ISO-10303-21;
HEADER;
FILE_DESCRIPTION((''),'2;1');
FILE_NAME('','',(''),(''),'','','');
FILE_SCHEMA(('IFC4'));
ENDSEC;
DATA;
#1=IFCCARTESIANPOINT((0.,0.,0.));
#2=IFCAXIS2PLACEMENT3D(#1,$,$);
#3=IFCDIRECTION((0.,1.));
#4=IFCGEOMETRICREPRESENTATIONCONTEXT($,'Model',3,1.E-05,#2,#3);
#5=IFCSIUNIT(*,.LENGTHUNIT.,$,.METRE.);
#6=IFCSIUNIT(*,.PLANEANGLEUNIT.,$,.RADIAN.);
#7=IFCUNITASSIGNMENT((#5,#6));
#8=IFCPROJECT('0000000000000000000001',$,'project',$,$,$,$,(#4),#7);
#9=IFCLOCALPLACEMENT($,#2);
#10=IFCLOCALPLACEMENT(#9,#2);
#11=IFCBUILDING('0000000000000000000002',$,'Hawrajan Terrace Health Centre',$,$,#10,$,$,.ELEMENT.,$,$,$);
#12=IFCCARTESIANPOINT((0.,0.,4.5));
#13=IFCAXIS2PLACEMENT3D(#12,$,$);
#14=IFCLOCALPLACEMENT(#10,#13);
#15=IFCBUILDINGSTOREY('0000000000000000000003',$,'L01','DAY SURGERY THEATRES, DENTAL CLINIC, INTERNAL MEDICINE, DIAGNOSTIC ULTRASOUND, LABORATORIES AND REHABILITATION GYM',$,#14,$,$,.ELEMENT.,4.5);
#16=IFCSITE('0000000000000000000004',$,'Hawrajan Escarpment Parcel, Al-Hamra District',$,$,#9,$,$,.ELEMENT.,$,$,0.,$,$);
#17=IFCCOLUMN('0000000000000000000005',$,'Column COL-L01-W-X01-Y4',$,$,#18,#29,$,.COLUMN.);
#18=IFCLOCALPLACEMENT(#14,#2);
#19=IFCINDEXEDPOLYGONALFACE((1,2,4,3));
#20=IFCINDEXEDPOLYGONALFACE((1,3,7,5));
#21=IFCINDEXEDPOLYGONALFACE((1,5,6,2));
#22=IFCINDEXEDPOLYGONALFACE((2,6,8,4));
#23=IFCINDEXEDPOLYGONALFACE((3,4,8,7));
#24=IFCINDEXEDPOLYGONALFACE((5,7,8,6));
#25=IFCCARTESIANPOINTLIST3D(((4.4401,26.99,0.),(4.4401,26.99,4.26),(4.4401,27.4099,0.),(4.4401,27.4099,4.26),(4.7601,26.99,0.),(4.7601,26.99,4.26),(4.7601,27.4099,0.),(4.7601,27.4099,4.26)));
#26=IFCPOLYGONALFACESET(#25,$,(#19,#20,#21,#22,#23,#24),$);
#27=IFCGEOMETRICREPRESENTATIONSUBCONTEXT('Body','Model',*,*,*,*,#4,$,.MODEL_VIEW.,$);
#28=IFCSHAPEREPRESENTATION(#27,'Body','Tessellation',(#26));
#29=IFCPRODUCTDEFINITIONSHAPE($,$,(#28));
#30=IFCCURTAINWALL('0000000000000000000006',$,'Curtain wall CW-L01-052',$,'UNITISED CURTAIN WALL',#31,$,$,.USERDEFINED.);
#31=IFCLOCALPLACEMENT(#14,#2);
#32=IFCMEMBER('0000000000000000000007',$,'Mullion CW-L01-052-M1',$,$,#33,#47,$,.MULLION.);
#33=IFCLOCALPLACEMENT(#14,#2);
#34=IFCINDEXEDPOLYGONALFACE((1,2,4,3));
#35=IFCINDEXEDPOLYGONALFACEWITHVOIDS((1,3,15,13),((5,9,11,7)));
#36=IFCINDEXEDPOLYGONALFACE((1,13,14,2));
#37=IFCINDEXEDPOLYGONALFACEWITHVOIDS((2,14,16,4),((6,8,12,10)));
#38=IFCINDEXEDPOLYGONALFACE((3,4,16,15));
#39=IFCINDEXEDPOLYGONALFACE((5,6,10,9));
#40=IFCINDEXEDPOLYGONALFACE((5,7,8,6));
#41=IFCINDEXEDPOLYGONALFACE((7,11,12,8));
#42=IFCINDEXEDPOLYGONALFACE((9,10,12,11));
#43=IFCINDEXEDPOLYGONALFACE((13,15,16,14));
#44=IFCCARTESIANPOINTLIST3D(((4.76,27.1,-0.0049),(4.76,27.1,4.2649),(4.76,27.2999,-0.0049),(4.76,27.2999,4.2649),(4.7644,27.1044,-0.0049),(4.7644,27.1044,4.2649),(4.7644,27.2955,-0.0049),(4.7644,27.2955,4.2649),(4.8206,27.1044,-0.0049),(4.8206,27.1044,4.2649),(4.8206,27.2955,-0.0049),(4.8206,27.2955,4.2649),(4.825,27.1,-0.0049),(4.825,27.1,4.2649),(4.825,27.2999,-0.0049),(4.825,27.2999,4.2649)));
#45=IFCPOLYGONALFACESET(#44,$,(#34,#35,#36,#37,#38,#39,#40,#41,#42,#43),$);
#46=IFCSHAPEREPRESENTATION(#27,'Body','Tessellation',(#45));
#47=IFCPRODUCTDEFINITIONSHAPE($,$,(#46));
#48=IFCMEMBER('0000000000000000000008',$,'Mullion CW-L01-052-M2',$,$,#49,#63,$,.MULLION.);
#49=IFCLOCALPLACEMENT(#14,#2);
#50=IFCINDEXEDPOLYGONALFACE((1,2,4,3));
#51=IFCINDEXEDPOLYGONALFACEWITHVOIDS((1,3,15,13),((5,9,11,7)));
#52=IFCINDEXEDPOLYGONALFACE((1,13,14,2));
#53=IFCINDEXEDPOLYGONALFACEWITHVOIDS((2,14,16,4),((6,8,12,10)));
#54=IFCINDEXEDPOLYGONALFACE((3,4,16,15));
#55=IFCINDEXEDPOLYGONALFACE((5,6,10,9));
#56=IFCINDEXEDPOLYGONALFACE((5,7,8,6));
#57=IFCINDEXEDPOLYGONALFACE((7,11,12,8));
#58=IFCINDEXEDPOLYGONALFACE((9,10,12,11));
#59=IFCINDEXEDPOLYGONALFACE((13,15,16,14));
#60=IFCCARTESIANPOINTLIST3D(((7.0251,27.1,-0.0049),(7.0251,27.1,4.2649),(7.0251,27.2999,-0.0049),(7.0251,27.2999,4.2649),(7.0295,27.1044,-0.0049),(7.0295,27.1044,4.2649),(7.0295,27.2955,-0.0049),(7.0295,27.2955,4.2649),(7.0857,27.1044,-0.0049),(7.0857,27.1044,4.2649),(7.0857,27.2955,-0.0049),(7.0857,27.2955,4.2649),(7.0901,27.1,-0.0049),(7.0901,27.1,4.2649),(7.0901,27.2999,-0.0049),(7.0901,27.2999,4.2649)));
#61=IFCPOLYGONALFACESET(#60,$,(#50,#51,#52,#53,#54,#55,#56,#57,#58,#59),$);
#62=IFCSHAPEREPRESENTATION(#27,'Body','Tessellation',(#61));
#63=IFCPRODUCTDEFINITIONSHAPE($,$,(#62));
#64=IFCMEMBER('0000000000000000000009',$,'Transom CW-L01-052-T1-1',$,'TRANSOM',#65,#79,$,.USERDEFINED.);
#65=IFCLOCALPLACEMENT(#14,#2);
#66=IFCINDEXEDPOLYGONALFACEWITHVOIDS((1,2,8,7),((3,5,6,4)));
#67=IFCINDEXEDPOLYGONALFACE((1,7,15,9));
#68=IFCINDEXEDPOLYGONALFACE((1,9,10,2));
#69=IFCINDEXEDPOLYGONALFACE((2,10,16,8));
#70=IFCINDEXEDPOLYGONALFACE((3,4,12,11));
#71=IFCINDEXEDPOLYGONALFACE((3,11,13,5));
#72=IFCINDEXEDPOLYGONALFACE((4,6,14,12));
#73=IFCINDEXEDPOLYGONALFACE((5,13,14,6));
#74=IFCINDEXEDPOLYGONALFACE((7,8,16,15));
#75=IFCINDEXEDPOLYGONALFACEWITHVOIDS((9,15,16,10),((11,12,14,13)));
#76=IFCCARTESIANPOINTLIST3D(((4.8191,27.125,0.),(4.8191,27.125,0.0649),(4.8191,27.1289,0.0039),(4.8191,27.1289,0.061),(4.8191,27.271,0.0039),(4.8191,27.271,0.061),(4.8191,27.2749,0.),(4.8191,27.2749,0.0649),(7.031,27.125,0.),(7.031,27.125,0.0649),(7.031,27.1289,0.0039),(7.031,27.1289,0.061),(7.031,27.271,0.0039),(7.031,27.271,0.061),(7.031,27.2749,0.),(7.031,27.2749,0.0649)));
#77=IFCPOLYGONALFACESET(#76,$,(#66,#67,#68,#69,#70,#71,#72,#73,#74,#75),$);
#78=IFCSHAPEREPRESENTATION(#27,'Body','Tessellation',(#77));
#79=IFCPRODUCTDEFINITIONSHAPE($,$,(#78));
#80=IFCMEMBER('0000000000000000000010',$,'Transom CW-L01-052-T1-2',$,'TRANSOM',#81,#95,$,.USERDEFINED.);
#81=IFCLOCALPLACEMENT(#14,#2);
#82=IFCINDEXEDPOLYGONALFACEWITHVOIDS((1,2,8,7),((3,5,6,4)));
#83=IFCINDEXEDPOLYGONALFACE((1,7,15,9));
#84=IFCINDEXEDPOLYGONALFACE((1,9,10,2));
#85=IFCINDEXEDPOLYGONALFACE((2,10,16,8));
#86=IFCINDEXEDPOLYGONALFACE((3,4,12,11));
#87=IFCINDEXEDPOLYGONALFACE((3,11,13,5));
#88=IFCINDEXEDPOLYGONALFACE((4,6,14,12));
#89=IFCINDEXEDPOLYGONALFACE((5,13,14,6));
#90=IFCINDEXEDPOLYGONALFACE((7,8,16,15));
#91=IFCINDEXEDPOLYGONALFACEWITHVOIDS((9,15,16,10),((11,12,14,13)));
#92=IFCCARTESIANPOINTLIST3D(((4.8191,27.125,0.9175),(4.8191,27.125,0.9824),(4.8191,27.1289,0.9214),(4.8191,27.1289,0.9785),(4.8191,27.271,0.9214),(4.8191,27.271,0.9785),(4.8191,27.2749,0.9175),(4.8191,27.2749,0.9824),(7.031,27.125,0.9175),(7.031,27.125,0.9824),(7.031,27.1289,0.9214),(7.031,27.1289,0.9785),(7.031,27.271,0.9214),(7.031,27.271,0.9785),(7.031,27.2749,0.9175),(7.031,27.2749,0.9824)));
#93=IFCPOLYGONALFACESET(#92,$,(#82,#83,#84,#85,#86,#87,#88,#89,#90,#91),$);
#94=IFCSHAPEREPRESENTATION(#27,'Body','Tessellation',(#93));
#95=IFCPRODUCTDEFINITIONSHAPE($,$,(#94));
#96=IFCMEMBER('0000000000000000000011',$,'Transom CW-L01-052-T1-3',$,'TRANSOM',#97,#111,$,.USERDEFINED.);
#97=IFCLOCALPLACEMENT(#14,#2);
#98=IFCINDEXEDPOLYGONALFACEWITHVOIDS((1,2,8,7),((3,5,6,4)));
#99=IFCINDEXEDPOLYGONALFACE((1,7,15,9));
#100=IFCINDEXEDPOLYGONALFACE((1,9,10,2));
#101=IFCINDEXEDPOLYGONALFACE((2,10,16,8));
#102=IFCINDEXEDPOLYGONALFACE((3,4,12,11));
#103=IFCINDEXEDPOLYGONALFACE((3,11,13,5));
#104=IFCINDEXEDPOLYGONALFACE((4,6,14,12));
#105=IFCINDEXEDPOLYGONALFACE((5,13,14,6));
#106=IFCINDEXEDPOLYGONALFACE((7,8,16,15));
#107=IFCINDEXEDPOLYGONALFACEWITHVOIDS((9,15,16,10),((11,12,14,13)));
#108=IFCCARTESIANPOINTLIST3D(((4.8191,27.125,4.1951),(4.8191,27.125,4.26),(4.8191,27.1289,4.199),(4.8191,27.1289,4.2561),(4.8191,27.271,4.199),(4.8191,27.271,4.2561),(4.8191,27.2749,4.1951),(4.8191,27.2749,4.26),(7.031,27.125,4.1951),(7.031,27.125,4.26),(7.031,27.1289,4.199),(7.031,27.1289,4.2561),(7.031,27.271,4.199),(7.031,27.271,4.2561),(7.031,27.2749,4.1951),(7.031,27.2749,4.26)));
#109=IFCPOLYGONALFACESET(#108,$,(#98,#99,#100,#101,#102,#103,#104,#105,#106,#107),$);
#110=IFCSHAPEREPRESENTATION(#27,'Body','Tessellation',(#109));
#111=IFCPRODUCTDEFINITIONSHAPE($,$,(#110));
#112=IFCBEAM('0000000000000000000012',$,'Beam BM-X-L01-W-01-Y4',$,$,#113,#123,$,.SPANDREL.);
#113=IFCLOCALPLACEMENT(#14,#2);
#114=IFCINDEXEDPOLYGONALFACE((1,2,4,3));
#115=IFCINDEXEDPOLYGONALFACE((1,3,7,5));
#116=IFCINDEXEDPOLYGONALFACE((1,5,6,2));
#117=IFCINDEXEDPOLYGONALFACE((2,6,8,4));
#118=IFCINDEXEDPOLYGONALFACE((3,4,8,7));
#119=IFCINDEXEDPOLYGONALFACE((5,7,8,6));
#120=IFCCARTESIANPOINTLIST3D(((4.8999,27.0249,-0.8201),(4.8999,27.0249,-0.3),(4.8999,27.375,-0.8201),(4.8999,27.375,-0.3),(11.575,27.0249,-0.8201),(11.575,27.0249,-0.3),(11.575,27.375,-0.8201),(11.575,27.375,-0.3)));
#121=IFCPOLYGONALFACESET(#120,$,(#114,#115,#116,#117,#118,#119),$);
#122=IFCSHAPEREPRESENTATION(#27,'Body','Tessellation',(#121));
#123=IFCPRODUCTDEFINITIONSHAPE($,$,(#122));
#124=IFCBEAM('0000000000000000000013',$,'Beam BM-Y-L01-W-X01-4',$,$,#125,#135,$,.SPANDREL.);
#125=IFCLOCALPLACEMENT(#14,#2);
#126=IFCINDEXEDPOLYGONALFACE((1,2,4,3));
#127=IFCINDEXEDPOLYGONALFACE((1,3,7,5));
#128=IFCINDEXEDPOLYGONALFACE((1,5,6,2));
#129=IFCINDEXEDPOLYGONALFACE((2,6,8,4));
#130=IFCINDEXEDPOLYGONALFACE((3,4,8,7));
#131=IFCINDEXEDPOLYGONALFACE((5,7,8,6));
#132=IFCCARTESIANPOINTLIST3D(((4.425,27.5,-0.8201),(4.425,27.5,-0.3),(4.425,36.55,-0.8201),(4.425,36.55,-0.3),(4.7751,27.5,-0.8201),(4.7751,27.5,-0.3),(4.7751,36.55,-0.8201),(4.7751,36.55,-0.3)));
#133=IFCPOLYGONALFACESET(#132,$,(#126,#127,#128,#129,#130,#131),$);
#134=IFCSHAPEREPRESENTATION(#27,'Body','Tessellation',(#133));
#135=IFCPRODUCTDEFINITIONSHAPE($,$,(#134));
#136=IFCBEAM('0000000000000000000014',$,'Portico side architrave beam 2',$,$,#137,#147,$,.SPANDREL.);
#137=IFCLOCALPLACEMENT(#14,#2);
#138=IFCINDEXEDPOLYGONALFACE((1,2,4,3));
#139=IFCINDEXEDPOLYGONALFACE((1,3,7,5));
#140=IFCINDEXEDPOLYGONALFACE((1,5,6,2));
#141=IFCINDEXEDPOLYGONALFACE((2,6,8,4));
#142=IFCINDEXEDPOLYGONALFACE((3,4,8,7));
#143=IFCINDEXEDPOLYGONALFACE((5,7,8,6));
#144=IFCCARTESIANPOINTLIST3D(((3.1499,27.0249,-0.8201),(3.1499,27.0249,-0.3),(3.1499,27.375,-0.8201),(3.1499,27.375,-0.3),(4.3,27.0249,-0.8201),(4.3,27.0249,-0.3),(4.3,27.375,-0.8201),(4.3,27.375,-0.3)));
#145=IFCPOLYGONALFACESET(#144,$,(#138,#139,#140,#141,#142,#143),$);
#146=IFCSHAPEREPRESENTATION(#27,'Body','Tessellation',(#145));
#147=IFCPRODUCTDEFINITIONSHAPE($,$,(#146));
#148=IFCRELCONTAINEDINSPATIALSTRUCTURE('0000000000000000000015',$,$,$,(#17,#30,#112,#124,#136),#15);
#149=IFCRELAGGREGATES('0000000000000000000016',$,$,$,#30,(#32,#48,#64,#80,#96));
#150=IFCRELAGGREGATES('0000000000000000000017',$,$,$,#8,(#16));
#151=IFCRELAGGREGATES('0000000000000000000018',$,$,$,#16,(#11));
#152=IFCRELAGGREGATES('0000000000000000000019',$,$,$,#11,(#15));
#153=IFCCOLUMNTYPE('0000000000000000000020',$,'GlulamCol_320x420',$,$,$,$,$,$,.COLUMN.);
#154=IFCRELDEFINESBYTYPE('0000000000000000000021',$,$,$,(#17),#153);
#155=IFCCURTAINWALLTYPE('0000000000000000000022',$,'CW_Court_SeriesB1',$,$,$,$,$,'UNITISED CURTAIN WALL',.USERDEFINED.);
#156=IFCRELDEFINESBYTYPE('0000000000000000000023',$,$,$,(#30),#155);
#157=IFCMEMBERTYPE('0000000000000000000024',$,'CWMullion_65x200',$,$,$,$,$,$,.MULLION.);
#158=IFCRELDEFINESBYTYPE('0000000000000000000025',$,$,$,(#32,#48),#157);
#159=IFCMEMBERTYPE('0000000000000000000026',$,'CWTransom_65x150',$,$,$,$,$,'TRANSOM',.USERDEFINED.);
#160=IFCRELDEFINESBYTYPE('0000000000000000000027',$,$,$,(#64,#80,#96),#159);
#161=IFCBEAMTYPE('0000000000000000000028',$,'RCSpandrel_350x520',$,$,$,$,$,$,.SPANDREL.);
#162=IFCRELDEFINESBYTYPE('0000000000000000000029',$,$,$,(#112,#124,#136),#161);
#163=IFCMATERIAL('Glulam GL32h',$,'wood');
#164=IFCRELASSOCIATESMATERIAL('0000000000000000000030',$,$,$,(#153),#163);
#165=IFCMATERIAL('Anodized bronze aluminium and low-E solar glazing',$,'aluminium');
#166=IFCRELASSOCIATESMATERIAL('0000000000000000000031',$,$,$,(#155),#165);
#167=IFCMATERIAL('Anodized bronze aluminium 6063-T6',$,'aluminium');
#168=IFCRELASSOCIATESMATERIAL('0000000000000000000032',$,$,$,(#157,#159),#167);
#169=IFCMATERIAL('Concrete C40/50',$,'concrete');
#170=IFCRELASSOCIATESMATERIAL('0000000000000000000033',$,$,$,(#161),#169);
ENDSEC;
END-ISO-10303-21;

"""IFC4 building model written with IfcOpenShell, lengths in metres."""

from ifc_helpers import new_model, si_unit, direction, frame, origin, origin_2d, place, context, subcontext, project, spatial, rectangle, hollow_rectangle, extrude, material, material_profile, profile_set, type_object, element, aggregate, save


model = new_model("IFC4")

# Units and contexts
model_context = context("Model", 3, precision=1e-05, world=origin(), true_north=direction((0.0, 1.0)))
body_context = subcontext(model_context, "Body", "Model", "MODEL_VIEW")
ifc_project = project(units=[si_unit("LENGTHUNIT", "METRE"), si_unit("PLANEANGLEUNIT", "RADIAN")], contexts=[model_context])

# Site, building, storey
site_placement = place(None, origin())
site = spatial("IfcSite", under=ifc_project, at=site_placement, Name="Hawrajan Escarpment Parcel, Al-Hamra District", CompositionType="ELEMENT", RefElevation=0.0)
building_placement = place(site_placement, origin())
building = spatial("IfcBuilding", under=site, at=building_placement, Name="Hawrajan Terrace Health Centre", CompositionType="ELEMENT")
storey_placement = place(building_placement, frame((0.0, 0.0, 4.5)))
storey = spatial("IfcBuildingStorey", under=building, at=storey_placement, Name="L01", Description="DAY SURGERY THEATRES, DENTAL CLINIC, INTERNAL MEDICINE, DIAGNOSTIC ULTRASOUND, LABORATORIES AND REHABILITATION GYM", CompositionType="ELEMENT", Elevation=4.5)

# Column
ifc_material_1 = material(Name="Glulam GL32h", Category="wood")
ifc_material_profile_1 = material_profile(ifc_material_1, rectangle(XDim=0.3201, YDim=0.4199, at=origin_2d()), Name="GL 320x420")
ifc_profile_set_1 = profile_set([ifc_material_profile_1], Name="Glulam GL32h")
column_type = type_object("IfcColumnType", Name="GlulamCol_320x420", PredefinedType="COLUMN", material=ifc_profile_set_1)
column_placement = place(storey_placement, frame((4.6001, 27.2, 0.0), z_axis=(0.0, 0.0, 1.0), x_axis=(1.0, 0.0, 0.0)))
element("IfcColumn", 1, at=column_placement, inside=storey, type_object=column_type, Name="Column COL-L01-W-X01-Y4", PredefinedType="COLUMN", context=body_context, shape_type="SweptSolid", body=[
    extrude(rectangle(XDim=0.3201, YDim=0.4199, at=origin_2d()), origin(), (0.0, 0.0, 1.0), 4.26),
])

# Curtain wall, members
ifc_material_2 = material(Name="Anodized bronze aluminium and low-E solar glazing", Category="aluminium")
curtain_wall_type = type_object("IfcCurtainWallType", Name="CW_Court_SeriesB1", ElementType="UNITISED CURTAIN WALL", PredefinedType="USERDEFINED", material=ifc_material_2)
curtain_wall_placement = place(storey_placement, origin())
curtain_wall = element("IfcCurtainWall", 2, at=curtain_wall_placement, inside=storey, type_object=curtain_wall_type, Name="Curtain wall CW-L01-052", ObjectType="UNITISED CURTAIN WALL", PredefinedType="USERDEFINED")
ifc_material_3 = material(Name="Anodized bronze aluminium 6063-T6", Category="aluminium")
ifc_material_profile_2 = material_profile(ifc_material_3, hollow_rectangle(XDim=0.0649, YDim=0.2, WallThickness=0.0044, at=origin_2d()), Name="CW MUL 65x200")
ifc_profile_set_2 = profile_set([ifc_material_profile_2], Name="Anodized bronze aluminium 6063-T6")
member_type_1 = type_object("IfcMemberType", Name="CWMullion_65x200", PredefinedType="MULLION", material=ifc_profile_set_2)
member_1_placement = place(storey_placement, frame((4.7925, 27.2, -0.0049), z_axis=(0.0, 0.0, 1.0), x_axis=(1.0, 0.0, 0.0)))
member_1 = element("IfcMember", 3, at=member_1_placement, type_object=member_type_1, Name="Mullion CW-L01-052-M1", PredefinedType="MULLION", context=body_context, shape_type="SweptSolid", body=[
    extrude(hollow_rectangle(XDim=0.0649, YDim=0.2, WallThickness=0.0044, at=origin_2d()), origin(), (0.0, 0.0, 1.0), 4.2698),
])
member_2_placement = place(storey_placement, frame((7.0576, 27.2, -0.0049), z_axis=(0.0, 0.0, 1.0), x_axis=(1.0, 0.0, 0.0)))
member_2 = element("IfcMember", 4, at=member_2_placement, type_object=member_type_1, Name="Mullion CW-L01-052-M2", PredefinedType="MULLION", context=body_context, shape_type="SweptSolid", body=[
    extrude(hollow_rectangle(XDim=0.0649, YDim=0.2, WallThickness=0.0044, at=origin_2d()), origin(), (0.0, 0.0, 1.0), 4.2698),
])
ifc_material_profile_3 = material_profile(ifc_material_3, hollow_rectangle(XDim=0.0649, YDim=0.1499, WallThickness=0.0039, at=origin_2d()), Name="CW TRN 65x150")
ifc_profile_set_3 = profile_set([ifc_material_profile_3], Name="Anodized bronze aluminium 6063-T6")
member_type_2 = type_object("IfcMemberType", Name="CWTransom_65x150", ElementType="TRANSOM", PredefinedType="USERDEFINED", material=ifc_profile_set_3)
member_3_placement = place(storey_placement, frame((4.8191, 27.2, 0.0325), z_axis=(1.0, 0.0, 0.0), x_axis=(0.0, 0.0, 1.0)))
member_3 = element("IfcMember", 5, at=member_3_placement, type_object=member_type_2, Name="Transom CW-L01-052-T1-1", ObjectType="TRANSOM", PredefinedType="USERDEFINED", context=body_context, shape_type="SweptSolid", body=[
    extrude(hollow_rectangle(XDim=0.0649, YDim=0.1499, WallThickness=0.0039, at=origin_2d()), origin(), (0.0, 0.0, 1.0), 2.2119),
])
member_4_placement = place(storey_placement, frame((4.8191, 27.2, 0.95), z_axis=(1.0, 0.0, 0.0), x_axis=(0.0, 0.0, 1.0)))
member_4 = element("IfcMember", 6, at=member_4_placement, type_object=member_type_2, Name="Transom CW-L01-052-T1-2", ObjectType="TRANSOM", PredefinedType="USERDEFINED", context=body_context, shape_type="SweptSolid", body=[
    extrude(hollow_rectangle(XDim=0.0649, YDim=0.1499, WallThickness=0.0039, at=origin_2d()), origin(), (0.0, 0.0, 1.0), 2.2119),
])
member_5_placement = place(storey_placement, frame((4.8191, 27.2, 4.2275), z_axis=(1.0, 0.0, 0.0), x_axis=(0.0, 0.0, 1.0)))
member_5 = element("IfcMember", 7, at=member_5_placement, type_object=member_type_2, Name="Transom CW-L01-052-T1-3", ObjectType="TRANSOM", PredefinedType="USERDEFINED", context=body_context, shape_type="SweptSolid", body=[
    extrude(hollow_rectangle(XDim=0.0649, YDim=0.1499, WallThickness=0.0039, at=origin_2d()), origin(), (0.0, 0.0, 1.0), 2.2119),
])

# Beams
ifc_material_4 = material(Name="Concrete C40/50", Category="concrete")
ifc_material_profile_4 = material_profile(ifc_material_4, rectangle(XDim=0.3501, YDim=0.52, at=origin_2d()), Name="RC SP 350x520")
ifc_profile_set_4 = profile_set([ifc_material_profile_4], Name="Concrete C40/50")
beam_type_1 = type_object("IfcBeamType", Name="RCSpandrel_350x520", PredefinedType="SPANDREL", material=ifc_profile_set_4)
beam_1_placement = place(storey_placement, frame((4.8999, 27.2, -0.5601), z_axis=(1.0, 0.0, 0.0), x_axis=(0.0, 1.0, 0.0)))
element("IfcBeam", 8, at=beam_1_placement, inside=storey, type_object=beam_type_1, Name="Beam BM-X-L01-W-01-Y4", PredefinedType="SPANDREL", context=body_context, shape_type="SweptSolid", body=[
    extrude(rectangle(XDim=0.3501, YDim=0.52, at=origin_2d()), origin(), (0.0, 0.0, 1.0), 6.675),
])
beam_2_placement = place(storey_placement, frame((4.6001, 27.5, -0.5601), z_axis=(0.0, 1.0, 0.0), x_axis=(-1.0, 0.0, 0.0)))
element("IfcBeam", 9, at=beam_2_placement, inside=storey, type_object=beam_type_1, Name="Beam BM-Y-L01-W-X01-4", PredefinedType="SPANDREL", context=body_context, shape_type="SweptSolid", body=[
    extrude(rectangle(XDim=0.3501, YDim=0.52, at=origin_2d()), origin(), (0.0, 0.0, 1.0), 9.05),
])
beam_3_placement = place(storey_placement, frame((3.1499, 27.2, -0.5601), z_axis=(1.0, 0.0, 0.0), x_axis=(0.0, 1.0, 0.0)))
element("IfcBeam", 10, at=beam_3_placement, inside=storey, type_object=beam_type_1, Name="Portico side architrave beam 2", PredefinedType="SPANDREL", context=body_context, shape_type="SweptSolid", body=[
    extrude(rectangle(XDim=0.3501, YDim=0.52, at=origin_2d()), origin(), (0.0, 0.0, 1.0), 1.1501),
])

aggregate(curtain_wall, [member_1, member_2, member_3, member_4, member_5])

save(model, "model.ifc")
